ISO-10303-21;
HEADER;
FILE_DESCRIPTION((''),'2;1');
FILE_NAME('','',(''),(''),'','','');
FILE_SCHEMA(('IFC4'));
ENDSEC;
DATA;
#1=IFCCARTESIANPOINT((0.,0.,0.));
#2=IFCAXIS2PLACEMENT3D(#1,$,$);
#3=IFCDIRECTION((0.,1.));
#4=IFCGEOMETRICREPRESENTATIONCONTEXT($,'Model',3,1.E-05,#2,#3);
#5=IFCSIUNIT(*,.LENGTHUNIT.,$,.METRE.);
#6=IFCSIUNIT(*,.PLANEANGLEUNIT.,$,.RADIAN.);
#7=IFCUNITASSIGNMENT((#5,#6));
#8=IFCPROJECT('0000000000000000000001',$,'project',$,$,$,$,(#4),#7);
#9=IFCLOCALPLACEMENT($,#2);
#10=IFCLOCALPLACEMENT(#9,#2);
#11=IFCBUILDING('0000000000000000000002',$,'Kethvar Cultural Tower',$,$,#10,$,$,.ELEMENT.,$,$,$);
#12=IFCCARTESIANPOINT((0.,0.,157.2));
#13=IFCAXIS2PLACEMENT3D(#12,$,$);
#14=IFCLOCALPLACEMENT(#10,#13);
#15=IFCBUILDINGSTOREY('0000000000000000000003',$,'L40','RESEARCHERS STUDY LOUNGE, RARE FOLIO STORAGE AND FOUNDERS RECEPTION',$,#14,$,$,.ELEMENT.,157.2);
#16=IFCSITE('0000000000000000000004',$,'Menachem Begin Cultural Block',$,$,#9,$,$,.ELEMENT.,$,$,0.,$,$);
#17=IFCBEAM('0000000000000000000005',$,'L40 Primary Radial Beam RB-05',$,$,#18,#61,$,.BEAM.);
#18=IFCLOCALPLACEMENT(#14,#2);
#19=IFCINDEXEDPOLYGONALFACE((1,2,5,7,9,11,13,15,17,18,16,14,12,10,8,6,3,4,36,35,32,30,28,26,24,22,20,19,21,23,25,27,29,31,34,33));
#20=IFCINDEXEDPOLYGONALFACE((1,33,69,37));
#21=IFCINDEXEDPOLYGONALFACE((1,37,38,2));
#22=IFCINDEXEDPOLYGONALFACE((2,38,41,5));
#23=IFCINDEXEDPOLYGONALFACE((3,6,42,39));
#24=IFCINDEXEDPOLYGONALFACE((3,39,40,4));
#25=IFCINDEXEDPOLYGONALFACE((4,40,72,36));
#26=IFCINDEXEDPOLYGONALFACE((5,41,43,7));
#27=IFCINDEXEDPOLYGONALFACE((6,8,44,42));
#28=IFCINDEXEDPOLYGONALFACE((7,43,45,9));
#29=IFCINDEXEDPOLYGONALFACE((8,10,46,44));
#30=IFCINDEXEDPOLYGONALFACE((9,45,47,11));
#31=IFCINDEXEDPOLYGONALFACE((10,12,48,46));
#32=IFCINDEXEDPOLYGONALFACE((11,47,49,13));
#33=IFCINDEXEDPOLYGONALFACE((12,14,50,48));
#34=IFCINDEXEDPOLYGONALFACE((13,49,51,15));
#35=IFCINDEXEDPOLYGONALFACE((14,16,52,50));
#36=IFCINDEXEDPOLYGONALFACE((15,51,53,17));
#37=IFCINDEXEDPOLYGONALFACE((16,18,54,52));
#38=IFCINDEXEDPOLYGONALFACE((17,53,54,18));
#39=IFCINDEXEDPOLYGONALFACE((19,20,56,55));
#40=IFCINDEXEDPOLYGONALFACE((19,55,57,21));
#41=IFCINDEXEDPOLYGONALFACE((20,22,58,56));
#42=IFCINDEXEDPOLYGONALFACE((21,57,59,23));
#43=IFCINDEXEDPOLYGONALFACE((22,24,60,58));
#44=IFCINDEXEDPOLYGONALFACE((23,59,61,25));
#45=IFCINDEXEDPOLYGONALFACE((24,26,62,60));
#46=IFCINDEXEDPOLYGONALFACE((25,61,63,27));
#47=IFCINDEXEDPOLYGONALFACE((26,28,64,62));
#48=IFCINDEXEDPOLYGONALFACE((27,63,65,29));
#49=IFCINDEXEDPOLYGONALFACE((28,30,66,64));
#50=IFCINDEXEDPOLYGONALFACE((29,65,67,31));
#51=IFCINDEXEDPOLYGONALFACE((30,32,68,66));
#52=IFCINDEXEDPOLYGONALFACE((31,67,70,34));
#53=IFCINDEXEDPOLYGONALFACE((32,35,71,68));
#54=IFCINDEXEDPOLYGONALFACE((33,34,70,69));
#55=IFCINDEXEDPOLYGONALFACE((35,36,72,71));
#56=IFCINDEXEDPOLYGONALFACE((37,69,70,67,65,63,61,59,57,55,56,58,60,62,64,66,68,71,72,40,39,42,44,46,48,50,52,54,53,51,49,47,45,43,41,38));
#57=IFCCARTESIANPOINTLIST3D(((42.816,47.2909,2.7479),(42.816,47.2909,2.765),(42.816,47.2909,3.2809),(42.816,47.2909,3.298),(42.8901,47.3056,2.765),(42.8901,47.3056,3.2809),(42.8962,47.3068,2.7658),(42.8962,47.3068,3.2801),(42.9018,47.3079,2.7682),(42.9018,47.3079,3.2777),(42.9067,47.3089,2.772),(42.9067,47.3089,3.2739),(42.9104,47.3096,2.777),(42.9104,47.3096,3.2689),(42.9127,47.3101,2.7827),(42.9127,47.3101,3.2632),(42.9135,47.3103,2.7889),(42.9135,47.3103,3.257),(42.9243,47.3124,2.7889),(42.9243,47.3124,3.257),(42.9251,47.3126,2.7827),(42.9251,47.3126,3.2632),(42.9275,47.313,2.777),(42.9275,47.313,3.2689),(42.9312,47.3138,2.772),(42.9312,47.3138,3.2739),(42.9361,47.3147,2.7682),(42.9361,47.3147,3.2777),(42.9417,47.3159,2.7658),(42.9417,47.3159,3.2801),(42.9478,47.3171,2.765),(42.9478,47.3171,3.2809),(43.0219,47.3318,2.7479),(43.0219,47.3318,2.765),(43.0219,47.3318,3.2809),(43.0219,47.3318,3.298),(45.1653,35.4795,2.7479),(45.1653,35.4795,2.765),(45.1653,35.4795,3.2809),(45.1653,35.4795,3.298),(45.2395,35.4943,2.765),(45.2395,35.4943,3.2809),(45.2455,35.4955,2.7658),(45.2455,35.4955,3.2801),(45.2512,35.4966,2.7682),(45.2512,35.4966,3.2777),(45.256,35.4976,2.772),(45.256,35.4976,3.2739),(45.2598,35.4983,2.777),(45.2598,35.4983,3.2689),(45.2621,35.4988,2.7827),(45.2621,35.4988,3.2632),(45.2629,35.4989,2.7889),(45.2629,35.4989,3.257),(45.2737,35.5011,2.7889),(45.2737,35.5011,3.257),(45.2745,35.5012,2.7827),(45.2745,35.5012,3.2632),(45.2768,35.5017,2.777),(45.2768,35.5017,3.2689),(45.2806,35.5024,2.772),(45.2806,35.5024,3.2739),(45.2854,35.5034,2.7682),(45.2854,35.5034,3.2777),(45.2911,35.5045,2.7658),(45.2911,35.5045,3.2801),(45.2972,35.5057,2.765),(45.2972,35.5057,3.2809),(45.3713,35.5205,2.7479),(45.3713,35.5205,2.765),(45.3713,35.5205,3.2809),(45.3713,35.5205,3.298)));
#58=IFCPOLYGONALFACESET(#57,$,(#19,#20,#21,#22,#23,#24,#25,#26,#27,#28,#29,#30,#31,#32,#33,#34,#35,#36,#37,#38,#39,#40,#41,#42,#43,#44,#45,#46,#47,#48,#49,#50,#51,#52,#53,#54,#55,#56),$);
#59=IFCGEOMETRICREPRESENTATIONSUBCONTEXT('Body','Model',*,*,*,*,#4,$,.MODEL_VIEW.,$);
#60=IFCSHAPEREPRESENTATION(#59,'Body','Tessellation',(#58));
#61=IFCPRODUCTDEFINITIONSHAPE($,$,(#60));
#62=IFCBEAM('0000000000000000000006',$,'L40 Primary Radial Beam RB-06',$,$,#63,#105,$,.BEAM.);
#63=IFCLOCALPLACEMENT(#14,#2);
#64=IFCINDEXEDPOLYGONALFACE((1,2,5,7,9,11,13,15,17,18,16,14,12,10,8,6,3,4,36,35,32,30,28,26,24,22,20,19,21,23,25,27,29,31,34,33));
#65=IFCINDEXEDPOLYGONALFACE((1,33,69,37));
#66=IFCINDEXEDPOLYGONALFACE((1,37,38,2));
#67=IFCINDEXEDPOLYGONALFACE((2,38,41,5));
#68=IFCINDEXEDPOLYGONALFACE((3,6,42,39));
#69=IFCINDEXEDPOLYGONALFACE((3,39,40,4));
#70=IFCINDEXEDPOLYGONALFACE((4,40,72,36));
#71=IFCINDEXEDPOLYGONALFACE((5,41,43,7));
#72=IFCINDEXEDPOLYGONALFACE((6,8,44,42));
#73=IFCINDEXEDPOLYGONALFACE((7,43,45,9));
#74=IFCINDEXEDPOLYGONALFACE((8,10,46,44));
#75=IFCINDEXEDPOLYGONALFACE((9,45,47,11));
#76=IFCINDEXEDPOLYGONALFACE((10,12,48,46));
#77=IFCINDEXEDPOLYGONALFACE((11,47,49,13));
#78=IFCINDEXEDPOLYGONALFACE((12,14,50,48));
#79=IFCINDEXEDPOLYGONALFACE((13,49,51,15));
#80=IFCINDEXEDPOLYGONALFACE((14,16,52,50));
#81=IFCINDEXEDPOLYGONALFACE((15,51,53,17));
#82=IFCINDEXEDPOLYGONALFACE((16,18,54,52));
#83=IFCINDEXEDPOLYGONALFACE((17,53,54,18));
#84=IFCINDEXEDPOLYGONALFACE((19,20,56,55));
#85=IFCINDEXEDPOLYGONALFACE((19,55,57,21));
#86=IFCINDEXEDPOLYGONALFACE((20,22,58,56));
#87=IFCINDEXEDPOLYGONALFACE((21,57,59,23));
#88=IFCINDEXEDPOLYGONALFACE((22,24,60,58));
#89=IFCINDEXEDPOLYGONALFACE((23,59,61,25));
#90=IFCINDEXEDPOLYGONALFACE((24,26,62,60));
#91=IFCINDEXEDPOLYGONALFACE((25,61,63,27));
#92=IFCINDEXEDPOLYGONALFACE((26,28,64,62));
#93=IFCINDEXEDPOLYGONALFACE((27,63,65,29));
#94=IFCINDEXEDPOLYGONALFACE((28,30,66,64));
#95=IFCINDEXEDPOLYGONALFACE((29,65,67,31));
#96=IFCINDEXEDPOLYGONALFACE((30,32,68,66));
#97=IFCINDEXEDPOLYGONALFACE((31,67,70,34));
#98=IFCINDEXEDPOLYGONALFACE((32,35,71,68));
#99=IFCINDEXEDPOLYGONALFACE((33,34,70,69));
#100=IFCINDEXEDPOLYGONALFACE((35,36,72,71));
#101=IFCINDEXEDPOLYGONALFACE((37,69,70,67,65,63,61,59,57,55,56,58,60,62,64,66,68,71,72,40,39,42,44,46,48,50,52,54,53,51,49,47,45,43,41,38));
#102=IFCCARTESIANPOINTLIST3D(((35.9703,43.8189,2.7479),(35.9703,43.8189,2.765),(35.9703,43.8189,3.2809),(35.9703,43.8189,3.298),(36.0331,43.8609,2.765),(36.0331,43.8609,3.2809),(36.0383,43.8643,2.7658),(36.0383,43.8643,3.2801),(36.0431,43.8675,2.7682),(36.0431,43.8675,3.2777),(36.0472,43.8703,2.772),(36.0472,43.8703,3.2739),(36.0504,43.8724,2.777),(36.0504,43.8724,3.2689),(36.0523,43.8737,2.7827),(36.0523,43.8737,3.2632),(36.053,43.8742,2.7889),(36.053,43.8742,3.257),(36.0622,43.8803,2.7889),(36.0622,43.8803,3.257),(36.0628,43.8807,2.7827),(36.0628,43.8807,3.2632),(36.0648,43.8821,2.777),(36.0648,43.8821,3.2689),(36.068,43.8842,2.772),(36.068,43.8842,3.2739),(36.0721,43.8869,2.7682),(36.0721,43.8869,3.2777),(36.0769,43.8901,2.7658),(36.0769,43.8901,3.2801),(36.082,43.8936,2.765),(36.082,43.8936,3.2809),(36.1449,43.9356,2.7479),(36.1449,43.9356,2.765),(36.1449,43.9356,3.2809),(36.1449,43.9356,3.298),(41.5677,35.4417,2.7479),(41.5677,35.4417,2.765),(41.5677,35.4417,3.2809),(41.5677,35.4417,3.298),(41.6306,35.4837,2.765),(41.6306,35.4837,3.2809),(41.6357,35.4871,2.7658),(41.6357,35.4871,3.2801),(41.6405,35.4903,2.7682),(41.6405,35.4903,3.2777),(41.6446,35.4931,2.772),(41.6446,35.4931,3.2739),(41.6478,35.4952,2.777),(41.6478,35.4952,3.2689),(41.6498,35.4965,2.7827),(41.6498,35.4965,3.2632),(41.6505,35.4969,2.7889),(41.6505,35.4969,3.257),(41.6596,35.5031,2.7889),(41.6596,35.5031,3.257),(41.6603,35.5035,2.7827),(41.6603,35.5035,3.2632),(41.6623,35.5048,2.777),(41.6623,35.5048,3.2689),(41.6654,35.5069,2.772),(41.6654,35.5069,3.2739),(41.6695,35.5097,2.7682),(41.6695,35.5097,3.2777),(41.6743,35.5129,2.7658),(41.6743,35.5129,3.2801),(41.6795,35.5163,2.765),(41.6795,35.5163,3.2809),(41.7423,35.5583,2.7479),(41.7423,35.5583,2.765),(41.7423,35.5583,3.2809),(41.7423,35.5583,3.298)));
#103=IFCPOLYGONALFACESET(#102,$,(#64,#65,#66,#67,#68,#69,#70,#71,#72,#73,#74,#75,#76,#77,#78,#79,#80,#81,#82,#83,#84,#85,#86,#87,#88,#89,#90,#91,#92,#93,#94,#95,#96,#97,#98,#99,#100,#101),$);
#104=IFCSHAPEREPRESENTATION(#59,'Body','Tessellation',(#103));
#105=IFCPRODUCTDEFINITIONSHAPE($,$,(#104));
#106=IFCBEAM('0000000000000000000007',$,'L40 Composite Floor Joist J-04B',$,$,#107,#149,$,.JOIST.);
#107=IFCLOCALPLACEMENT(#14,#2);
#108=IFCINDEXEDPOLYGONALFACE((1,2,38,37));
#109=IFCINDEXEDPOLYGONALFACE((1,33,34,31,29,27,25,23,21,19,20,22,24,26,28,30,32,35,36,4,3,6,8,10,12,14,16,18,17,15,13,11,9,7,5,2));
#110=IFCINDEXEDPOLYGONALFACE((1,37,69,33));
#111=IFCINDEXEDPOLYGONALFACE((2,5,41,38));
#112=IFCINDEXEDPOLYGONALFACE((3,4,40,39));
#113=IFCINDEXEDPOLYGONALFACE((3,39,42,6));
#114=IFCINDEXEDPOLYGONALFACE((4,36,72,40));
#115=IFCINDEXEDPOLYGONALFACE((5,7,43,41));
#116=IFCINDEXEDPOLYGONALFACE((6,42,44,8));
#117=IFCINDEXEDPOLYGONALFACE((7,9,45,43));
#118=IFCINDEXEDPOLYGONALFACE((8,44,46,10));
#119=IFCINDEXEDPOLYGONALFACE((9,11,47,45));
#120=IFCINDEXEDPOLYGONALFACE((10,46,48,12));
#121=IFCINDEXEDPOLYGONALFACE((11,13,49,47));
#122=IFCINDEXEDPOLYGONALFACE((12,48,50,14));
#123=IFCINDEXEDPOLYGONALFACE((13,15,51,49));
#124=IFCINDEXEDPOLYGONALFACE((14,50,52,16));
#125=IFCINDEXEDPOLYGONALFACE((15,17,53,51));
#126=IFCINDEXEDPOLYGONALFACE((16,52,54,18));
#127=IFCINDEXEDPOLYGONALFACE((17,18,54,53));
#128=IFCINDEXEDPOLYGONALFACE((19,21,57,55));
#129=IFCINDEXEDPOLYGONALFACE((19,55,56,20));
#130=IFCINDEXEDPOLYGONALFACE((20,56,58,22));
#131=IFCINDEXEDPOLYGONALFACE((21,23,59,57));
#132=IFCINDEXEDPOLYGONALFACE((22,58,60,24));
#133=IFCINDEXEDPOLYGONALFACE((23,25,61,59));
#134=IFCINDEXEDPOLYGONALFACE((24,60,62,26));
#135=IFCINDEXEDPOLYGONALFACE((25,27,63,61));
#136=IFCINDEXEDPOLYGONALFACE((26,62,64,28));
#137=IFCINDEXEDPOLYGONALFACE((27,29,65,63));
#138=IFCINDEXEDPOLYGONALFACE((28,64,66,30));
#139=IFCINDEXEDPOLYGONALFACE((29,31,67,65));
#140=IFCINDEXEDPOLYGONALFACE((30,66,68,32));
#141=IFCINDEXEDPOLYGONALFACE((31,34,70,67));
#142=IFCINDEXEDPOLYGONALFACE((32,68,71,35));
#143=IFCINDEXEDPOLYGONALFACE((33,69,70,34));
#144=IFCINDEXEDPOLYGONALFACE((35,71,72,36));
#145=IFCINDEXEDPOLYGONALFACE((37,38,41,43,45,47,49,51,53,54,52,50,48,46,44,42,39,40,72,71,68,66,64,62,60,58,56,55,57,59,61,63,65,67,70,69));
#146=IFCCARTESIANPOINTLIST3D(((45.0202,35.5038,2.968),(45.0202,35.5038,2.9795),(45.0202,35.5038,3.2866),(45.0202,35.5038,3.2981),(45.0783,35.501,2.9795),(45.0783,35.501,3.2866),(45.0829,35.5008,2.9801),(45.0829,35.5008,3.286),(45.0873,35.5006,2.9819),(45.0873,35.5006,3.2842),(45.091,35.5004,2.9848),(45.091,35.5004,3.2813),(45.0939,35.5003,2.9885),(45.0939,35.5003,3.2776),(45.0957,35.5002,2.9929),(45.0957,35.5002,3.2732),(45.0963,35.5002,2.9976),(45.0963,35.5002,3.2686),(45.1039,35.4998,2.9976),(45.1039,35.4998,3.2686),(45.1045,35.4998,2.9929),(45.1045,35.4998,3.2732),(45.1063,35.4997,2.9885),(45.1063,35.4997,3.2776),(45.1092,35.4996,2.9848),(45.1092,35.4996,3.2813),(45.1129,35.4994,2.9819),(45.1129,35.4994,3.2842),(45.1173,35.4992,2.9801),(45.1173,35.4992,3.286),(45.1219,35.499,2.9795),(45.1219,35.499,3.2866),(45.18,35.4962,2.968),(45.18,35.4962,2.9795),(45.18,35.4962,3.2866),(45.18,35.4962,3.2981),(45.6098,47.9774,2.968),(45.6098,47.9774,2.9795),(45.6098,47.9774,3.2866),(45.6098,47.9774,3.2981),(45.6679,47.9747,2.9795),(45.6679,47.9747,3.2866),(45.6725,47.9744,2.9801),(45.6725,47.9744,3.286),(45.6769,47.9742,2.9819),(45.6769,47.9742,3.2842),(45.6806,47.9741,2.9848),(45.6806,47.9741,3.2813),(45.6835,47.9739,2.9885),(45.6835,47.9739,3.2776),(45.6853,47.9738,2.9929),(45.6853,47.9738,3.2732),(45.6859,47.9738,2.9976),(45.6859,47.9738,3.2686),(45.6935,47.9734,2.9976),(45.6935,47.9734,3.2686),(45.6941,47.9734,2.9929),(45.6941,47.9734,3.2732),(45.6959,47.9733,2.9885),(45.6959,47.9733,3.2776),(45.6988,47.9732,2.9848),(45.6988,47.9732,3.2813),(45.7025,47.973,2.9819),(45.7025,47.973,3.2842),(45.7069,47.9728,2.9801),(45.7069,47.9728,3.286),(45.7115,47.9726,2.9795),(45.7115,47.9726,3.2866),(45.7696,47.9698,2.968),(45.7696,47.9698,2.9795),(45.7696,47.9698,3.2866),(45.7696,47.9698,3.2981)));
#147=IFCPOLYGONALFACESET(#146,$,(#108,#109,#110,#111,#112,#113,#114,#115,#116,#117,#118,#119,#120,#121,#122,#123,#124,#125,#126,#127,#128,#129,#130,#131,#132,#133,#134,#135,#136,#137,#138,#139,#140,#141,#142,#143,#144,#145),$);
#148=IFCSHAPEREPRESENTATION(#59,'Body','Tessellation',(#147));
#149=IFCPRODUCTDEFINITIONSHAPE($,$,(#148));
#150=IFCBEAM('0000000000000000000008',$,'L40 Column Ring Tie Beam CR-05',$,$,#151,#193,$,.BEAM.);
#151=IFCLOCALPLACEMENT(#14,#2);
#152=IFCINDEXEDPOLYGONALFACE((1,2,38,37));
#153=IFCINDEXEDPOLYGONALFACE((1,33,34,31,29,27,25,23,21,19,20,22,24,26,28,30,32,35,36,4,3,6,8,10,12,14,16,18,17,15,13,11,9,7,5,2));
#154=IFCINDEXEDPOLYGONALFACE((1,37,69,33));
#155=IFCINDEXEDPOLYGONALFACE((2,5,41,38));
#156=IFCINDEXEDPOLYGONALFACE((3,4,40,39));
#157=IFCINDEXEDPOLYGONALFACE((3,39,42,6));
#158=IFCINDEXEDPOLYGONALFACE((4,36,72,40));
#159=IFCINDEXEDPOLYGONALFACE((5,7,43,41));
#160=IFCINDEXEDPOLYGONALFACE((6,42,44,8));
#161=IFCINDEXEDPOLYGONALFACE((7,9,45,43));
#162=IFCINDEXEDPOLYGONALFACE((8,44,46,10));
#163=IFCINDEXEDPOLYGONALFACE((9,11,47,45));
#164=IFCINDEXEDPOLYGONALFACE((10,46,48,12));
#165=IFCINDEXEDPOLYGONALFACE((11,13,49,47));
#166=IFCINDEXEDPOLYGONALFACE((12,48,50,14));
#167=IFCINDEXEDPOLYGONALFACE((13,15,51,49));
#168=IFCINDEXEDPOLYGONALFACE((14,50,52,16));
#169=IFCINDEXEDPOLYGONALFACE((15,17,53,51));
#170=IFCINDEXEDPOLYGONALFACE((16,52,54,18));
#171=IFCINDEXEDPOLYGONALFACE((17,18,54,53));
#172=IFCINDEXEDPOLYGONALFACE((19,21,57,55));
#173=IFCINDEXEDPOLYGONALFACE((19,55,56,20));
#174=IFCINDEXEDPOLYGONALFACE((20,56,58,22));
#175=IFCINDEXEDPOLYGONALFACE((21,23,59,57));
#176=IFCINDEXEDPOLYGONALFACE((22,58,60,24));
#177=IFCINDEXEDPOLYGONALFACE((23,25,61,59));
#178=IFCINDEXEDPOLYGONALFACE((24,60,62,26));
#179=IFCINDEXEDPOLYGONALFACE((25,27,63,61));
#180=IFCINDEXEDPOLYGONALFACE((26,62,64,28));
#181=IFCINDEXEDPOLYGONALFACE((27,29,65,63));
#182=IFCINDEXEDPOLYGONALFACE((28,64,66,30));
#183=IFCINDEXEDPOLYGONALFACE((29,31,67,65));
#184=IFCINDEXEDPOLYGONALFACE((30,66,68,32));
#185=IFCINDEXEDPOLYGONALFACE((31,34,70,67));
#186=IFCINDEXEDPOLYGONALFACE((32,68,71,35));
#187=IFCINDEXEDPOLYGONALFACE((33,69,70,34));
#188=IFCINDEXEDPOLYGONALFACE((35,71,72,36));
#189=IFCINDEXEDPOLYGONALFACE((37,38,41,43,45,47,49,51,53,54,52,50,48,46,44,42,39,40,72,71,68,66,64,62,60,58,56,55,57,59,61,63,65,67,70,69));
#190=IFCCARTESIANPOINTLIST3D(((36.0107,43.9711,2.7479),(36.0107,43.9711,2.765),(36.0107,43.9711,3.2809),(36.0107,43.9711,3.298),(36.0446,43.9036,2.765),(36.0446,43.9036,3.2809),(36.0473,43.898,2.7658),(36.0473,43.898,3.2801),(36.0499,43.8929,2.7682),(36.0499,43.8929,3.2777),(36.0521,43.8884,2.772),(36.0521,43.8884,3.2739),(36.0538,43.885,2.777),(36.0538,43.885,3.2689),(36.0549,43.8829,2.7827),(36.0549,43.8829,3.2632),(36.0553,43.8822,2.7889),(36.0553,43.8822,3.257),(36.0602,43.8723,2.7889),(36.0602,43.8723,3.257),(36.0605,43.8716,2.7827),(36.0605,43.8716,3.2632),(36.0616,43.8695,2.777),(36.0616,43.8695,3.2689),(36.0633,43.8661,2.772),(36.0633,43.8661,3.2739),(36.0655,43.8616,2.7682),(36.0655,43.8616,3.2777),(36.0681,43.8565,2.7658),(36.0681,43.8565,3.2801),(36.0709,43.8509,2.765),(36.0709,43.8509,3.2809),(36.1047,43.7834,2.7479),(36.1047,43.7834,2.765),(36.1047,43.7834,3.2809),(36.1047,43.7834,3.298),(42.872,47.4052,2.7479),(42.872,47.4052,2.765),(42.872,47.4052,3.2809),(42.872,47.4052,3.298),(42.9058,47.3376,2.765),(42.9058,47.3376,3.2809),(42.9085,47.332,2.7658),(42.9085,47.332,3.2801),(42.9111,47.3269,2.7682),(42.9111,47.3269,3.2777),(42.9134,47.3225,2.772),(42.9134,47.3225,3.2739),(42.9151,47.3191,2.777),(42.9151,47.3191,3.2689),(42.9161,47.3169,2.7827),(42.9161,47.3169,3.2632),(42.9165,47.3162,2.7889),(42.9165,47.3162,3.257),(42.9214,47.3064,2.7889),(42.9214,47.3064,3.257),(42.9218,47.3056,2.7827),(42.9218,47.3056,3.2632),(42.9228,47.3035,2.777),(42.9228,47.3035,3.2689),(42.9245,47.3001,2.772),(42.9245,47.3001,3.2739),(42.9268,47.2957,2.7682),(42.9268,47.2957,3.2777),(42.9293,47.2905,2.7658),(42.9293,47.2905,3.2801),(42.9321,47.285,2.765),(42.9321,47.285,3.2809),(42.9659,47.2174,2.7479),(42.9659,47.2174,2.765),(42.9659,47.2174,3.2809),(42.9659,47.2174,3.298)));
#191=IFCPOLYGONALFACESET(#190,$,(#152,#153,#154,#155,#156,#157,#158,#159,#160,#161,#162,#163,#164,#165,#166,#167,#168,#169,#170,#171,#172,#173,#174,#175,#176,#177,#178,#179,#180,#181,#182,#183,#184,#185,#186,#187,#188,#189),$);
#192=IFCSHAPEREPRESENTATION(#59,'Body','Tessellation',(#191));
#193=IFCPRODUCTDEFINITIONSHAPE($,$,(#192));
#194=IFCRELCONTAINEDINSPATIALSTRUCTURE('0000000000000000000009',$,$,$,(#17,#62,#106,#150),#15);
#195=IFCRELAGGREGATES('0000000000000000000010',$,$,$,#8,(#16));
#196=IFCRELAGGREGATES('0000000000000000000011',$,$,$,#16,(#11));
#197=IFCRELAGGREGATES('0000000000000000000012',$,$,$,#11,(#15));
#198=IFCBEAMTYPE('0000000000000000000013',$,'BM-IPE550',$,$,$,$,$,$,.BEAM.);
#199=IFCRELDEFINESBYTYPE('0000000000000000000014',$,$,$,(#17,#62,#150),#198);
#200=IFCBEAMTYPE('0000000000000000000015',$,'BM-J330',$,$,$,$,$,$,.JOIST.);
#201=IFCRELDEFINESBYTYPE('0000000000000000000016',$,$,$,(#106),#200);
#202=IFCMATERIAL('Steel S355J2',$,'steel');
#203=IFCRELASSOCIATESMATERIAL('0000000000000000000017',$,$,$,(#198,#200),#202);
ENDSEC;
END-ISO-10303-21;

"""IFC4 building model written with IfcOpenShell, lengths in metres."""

from ifc_helpers import new_model, si_unit, direction, frame, origin, origin_2d, place, context, subcontext, project, spatial, i_section, extrude, source, transform, mapped, material, material_profile, profile_set, type_object, element, save


model = new_model("IFC4")

# Units and contexts
model_context = context("Model", 3, precision=1e-05, world=origin(), true_north=direction((0.0, 1.0)))
body_context = subcontext(model_context, "Body", "Model", "MODEL_VIEW")
ifc_project = project(units=[si_unit("LENGTHUNIT", "METRE"), si_unit("PLANEANGLEUNIT", "RADIAN")], contexts=[model_context])

# Site, building, storey
site_placement = place(None, origin())
site = spatial("IfcSite", under=ifc_project, at=site_placement, Name="Menachem Begin Cultural Block", CompositionType="ELEMENT", RefElevation=0.0)
building_placement = place(site_placement, origin())
building = spatial("IfcBuilding", under=site, at=building_placement, Name="Kethvar Cultural Tower", CompositionType="ELEMENT")
storey_placement = place(building_placement, frame((0.0, 0.0, 157.2)))
storey = spatial("IfcBuildingStorey", under=building, at=storey_placement, Name="L40", Description="RESEARCHERS STUDY LOUNGE, RARE FOLIO STORAGE AND FOUNDERS RECEPTION", CompositionType="ELEMENT", Elevation=157.2)

# Beams
ifc_material_1 = material(Name="Steel S355J2", Category="steel")
ifc_material_profile_1 = material_profile(ifc_material_1, i_section(OverallWidth=0.21, OverallDepth=0.55, WebThickness=0.011, FlangeThickness=0.0171, FilletRadius=0.0239, at=origin_2d()), Name="Steel S355J2 — IPE550")
ifc_profile_set_1 = profile_set([ifc_material_profile_1], Name="Steel S355J2 — IPE550")
beam_type_1 = type_object("IfcBeamType", Name="BM-IPE550", PredefinedType="BEAM", material=ifc_profile_set_1)
shared_shape_1 = source(origin(), body_context, "Body", "SweptSolid", [
    extrude(i_section(OverallWidth=0.21, OverallDepth=0.55, WebThickness=0.011, FlangeThickness=0.0171, FilletRadius=0.0239, at=origin_2d()), origin(), (0.0, 0.0, 1.0), 12.0427),
])
beam_1_placement = place(storey_placement, frame((45.2683, 35.5, 3.0229), z_axis=(-0.195087, 0.980786, 0.0), x_axis=(-0.980786, -0.195087, 0.0)))
element("IfcBeam", 1, at=beam_1_placement, inside=storey, type_object=beam_type_1, Name="L40 Primary Radial Beam RB-05", PredefinedType="BEAM", context=body_context, shape_type="MappedRepresentation", body=[
    mapped(shared_shape_1, transform((0.0, 0.0, 0.0), scale=1.0)),
])
shared_shape_2 = source(origin(), body_context, "Body", "SweptSolid", [
    extrude(i_section(OverallWidth=0.21, OverallDepth=0.55, WebThickness=0.011, FlangeThickness=0.0171, FilletRadius=0.0239, at=origin_2d()), origin(), (0.0, 0.0, 1.0), 10.0752),
])
beam_2_placement = place(storey_placement, frame((41.655, 35.5, 3.0229), z_axis=(-0.555567, 0.831472, 0.0), x_axis=(-0.831472, -0.555567, 0.0)))
element("IfcBeam", 2, at=beam_2_placement, inside=storey, type_object=beam_type_1, Name="L40 Primary Radial Beam RB-06", PredefinedType="BEAM", context=body_context, shape_type="MappedRepresentation", body=[
    mapped(shared_shape_2, transform((0.0, 0.0, 0.0), scale=1.0)),
])
ifc_material_profile_2 = material_profile(ifc_material_1, i_section(OverallWidth=0.1599, OverallDepth=0.3301, WebThickness=0.0076, FlangeThickness=0.0115, FilletRadius=0.0181, at=origin_2d()), Name="Steel S355J2 — IPE330")
ifc_profile_set_2 = profile_set([ifc_material_profile_2], Name="Steel S355J2 — IPE330")
beam_type_2 = type_object("IfcBeamType", Name="BM-J330", PredefinedType="JOIST", material=ifc_profile_set_2)
shared_shape_3 = source(origin(), body_context, "Body", "SweptSolid", [
    extrude(i_section(OverallWidth=0.1599, OverallDepth=0.3301, WebThickness=0.0076, FlangeThickness=0.0115, FilletRadius=0.0181, at=origin_2d()), origin(), (0.0, 0.0, 1.0), 12.4875),
])
beam_3_placement = place(storey_placement, frame((45.1001, 35.5, 3.1331), z_axis=(0.047215, 0.998885, 0.0), x_axis=(-0.998885, 0.047215, 0.0)))
element("IfcBeam", 3, at=beam_3_placement, inside=storey, type_object=beam_type_2, Name="L40 Composite Floor Joist J-04B", PredefinedType="JOIST", context=body_context, shape_type="MappedRepresentation", body=[
    mapped(shared_shape_3, transform((0.0, 0.0, 0.0), scale=1.0)),
])
shared_shape_4 = source(origin(), body_context, "Body", "SweptSolid", [
    extrude(i_section(OverallWidth=0.21, OverallDepth=0.55, WebThickness=0.011, FlangeThickness=0.0171, FilletRadius=0.0239, at=origin_2d()), origin(), (0.0, 0.0, 1.0), 7.6726),
])
beam_4_placement = place(storey_placement, frame((42.9189, 47.3113, 3.0229), z_axis=(-0.894249, -0.44757, 0.0), x_axis=(0.44757, -0.894249, 0.0)))
element("IfcBeam", 4, at=beam_4_placement, inside=storey, type_object=beam_type_1, Name="L40 Column Ring Tie Beam CR-05", PredefinedType="BEAM", context=body_context, shape_type="MappedRepresentation", body=[
    mapped(shared_shape_4, transform((0.0, 0.0, 0.0), scale=1.0)),
])

save(model, "model.ifc")
